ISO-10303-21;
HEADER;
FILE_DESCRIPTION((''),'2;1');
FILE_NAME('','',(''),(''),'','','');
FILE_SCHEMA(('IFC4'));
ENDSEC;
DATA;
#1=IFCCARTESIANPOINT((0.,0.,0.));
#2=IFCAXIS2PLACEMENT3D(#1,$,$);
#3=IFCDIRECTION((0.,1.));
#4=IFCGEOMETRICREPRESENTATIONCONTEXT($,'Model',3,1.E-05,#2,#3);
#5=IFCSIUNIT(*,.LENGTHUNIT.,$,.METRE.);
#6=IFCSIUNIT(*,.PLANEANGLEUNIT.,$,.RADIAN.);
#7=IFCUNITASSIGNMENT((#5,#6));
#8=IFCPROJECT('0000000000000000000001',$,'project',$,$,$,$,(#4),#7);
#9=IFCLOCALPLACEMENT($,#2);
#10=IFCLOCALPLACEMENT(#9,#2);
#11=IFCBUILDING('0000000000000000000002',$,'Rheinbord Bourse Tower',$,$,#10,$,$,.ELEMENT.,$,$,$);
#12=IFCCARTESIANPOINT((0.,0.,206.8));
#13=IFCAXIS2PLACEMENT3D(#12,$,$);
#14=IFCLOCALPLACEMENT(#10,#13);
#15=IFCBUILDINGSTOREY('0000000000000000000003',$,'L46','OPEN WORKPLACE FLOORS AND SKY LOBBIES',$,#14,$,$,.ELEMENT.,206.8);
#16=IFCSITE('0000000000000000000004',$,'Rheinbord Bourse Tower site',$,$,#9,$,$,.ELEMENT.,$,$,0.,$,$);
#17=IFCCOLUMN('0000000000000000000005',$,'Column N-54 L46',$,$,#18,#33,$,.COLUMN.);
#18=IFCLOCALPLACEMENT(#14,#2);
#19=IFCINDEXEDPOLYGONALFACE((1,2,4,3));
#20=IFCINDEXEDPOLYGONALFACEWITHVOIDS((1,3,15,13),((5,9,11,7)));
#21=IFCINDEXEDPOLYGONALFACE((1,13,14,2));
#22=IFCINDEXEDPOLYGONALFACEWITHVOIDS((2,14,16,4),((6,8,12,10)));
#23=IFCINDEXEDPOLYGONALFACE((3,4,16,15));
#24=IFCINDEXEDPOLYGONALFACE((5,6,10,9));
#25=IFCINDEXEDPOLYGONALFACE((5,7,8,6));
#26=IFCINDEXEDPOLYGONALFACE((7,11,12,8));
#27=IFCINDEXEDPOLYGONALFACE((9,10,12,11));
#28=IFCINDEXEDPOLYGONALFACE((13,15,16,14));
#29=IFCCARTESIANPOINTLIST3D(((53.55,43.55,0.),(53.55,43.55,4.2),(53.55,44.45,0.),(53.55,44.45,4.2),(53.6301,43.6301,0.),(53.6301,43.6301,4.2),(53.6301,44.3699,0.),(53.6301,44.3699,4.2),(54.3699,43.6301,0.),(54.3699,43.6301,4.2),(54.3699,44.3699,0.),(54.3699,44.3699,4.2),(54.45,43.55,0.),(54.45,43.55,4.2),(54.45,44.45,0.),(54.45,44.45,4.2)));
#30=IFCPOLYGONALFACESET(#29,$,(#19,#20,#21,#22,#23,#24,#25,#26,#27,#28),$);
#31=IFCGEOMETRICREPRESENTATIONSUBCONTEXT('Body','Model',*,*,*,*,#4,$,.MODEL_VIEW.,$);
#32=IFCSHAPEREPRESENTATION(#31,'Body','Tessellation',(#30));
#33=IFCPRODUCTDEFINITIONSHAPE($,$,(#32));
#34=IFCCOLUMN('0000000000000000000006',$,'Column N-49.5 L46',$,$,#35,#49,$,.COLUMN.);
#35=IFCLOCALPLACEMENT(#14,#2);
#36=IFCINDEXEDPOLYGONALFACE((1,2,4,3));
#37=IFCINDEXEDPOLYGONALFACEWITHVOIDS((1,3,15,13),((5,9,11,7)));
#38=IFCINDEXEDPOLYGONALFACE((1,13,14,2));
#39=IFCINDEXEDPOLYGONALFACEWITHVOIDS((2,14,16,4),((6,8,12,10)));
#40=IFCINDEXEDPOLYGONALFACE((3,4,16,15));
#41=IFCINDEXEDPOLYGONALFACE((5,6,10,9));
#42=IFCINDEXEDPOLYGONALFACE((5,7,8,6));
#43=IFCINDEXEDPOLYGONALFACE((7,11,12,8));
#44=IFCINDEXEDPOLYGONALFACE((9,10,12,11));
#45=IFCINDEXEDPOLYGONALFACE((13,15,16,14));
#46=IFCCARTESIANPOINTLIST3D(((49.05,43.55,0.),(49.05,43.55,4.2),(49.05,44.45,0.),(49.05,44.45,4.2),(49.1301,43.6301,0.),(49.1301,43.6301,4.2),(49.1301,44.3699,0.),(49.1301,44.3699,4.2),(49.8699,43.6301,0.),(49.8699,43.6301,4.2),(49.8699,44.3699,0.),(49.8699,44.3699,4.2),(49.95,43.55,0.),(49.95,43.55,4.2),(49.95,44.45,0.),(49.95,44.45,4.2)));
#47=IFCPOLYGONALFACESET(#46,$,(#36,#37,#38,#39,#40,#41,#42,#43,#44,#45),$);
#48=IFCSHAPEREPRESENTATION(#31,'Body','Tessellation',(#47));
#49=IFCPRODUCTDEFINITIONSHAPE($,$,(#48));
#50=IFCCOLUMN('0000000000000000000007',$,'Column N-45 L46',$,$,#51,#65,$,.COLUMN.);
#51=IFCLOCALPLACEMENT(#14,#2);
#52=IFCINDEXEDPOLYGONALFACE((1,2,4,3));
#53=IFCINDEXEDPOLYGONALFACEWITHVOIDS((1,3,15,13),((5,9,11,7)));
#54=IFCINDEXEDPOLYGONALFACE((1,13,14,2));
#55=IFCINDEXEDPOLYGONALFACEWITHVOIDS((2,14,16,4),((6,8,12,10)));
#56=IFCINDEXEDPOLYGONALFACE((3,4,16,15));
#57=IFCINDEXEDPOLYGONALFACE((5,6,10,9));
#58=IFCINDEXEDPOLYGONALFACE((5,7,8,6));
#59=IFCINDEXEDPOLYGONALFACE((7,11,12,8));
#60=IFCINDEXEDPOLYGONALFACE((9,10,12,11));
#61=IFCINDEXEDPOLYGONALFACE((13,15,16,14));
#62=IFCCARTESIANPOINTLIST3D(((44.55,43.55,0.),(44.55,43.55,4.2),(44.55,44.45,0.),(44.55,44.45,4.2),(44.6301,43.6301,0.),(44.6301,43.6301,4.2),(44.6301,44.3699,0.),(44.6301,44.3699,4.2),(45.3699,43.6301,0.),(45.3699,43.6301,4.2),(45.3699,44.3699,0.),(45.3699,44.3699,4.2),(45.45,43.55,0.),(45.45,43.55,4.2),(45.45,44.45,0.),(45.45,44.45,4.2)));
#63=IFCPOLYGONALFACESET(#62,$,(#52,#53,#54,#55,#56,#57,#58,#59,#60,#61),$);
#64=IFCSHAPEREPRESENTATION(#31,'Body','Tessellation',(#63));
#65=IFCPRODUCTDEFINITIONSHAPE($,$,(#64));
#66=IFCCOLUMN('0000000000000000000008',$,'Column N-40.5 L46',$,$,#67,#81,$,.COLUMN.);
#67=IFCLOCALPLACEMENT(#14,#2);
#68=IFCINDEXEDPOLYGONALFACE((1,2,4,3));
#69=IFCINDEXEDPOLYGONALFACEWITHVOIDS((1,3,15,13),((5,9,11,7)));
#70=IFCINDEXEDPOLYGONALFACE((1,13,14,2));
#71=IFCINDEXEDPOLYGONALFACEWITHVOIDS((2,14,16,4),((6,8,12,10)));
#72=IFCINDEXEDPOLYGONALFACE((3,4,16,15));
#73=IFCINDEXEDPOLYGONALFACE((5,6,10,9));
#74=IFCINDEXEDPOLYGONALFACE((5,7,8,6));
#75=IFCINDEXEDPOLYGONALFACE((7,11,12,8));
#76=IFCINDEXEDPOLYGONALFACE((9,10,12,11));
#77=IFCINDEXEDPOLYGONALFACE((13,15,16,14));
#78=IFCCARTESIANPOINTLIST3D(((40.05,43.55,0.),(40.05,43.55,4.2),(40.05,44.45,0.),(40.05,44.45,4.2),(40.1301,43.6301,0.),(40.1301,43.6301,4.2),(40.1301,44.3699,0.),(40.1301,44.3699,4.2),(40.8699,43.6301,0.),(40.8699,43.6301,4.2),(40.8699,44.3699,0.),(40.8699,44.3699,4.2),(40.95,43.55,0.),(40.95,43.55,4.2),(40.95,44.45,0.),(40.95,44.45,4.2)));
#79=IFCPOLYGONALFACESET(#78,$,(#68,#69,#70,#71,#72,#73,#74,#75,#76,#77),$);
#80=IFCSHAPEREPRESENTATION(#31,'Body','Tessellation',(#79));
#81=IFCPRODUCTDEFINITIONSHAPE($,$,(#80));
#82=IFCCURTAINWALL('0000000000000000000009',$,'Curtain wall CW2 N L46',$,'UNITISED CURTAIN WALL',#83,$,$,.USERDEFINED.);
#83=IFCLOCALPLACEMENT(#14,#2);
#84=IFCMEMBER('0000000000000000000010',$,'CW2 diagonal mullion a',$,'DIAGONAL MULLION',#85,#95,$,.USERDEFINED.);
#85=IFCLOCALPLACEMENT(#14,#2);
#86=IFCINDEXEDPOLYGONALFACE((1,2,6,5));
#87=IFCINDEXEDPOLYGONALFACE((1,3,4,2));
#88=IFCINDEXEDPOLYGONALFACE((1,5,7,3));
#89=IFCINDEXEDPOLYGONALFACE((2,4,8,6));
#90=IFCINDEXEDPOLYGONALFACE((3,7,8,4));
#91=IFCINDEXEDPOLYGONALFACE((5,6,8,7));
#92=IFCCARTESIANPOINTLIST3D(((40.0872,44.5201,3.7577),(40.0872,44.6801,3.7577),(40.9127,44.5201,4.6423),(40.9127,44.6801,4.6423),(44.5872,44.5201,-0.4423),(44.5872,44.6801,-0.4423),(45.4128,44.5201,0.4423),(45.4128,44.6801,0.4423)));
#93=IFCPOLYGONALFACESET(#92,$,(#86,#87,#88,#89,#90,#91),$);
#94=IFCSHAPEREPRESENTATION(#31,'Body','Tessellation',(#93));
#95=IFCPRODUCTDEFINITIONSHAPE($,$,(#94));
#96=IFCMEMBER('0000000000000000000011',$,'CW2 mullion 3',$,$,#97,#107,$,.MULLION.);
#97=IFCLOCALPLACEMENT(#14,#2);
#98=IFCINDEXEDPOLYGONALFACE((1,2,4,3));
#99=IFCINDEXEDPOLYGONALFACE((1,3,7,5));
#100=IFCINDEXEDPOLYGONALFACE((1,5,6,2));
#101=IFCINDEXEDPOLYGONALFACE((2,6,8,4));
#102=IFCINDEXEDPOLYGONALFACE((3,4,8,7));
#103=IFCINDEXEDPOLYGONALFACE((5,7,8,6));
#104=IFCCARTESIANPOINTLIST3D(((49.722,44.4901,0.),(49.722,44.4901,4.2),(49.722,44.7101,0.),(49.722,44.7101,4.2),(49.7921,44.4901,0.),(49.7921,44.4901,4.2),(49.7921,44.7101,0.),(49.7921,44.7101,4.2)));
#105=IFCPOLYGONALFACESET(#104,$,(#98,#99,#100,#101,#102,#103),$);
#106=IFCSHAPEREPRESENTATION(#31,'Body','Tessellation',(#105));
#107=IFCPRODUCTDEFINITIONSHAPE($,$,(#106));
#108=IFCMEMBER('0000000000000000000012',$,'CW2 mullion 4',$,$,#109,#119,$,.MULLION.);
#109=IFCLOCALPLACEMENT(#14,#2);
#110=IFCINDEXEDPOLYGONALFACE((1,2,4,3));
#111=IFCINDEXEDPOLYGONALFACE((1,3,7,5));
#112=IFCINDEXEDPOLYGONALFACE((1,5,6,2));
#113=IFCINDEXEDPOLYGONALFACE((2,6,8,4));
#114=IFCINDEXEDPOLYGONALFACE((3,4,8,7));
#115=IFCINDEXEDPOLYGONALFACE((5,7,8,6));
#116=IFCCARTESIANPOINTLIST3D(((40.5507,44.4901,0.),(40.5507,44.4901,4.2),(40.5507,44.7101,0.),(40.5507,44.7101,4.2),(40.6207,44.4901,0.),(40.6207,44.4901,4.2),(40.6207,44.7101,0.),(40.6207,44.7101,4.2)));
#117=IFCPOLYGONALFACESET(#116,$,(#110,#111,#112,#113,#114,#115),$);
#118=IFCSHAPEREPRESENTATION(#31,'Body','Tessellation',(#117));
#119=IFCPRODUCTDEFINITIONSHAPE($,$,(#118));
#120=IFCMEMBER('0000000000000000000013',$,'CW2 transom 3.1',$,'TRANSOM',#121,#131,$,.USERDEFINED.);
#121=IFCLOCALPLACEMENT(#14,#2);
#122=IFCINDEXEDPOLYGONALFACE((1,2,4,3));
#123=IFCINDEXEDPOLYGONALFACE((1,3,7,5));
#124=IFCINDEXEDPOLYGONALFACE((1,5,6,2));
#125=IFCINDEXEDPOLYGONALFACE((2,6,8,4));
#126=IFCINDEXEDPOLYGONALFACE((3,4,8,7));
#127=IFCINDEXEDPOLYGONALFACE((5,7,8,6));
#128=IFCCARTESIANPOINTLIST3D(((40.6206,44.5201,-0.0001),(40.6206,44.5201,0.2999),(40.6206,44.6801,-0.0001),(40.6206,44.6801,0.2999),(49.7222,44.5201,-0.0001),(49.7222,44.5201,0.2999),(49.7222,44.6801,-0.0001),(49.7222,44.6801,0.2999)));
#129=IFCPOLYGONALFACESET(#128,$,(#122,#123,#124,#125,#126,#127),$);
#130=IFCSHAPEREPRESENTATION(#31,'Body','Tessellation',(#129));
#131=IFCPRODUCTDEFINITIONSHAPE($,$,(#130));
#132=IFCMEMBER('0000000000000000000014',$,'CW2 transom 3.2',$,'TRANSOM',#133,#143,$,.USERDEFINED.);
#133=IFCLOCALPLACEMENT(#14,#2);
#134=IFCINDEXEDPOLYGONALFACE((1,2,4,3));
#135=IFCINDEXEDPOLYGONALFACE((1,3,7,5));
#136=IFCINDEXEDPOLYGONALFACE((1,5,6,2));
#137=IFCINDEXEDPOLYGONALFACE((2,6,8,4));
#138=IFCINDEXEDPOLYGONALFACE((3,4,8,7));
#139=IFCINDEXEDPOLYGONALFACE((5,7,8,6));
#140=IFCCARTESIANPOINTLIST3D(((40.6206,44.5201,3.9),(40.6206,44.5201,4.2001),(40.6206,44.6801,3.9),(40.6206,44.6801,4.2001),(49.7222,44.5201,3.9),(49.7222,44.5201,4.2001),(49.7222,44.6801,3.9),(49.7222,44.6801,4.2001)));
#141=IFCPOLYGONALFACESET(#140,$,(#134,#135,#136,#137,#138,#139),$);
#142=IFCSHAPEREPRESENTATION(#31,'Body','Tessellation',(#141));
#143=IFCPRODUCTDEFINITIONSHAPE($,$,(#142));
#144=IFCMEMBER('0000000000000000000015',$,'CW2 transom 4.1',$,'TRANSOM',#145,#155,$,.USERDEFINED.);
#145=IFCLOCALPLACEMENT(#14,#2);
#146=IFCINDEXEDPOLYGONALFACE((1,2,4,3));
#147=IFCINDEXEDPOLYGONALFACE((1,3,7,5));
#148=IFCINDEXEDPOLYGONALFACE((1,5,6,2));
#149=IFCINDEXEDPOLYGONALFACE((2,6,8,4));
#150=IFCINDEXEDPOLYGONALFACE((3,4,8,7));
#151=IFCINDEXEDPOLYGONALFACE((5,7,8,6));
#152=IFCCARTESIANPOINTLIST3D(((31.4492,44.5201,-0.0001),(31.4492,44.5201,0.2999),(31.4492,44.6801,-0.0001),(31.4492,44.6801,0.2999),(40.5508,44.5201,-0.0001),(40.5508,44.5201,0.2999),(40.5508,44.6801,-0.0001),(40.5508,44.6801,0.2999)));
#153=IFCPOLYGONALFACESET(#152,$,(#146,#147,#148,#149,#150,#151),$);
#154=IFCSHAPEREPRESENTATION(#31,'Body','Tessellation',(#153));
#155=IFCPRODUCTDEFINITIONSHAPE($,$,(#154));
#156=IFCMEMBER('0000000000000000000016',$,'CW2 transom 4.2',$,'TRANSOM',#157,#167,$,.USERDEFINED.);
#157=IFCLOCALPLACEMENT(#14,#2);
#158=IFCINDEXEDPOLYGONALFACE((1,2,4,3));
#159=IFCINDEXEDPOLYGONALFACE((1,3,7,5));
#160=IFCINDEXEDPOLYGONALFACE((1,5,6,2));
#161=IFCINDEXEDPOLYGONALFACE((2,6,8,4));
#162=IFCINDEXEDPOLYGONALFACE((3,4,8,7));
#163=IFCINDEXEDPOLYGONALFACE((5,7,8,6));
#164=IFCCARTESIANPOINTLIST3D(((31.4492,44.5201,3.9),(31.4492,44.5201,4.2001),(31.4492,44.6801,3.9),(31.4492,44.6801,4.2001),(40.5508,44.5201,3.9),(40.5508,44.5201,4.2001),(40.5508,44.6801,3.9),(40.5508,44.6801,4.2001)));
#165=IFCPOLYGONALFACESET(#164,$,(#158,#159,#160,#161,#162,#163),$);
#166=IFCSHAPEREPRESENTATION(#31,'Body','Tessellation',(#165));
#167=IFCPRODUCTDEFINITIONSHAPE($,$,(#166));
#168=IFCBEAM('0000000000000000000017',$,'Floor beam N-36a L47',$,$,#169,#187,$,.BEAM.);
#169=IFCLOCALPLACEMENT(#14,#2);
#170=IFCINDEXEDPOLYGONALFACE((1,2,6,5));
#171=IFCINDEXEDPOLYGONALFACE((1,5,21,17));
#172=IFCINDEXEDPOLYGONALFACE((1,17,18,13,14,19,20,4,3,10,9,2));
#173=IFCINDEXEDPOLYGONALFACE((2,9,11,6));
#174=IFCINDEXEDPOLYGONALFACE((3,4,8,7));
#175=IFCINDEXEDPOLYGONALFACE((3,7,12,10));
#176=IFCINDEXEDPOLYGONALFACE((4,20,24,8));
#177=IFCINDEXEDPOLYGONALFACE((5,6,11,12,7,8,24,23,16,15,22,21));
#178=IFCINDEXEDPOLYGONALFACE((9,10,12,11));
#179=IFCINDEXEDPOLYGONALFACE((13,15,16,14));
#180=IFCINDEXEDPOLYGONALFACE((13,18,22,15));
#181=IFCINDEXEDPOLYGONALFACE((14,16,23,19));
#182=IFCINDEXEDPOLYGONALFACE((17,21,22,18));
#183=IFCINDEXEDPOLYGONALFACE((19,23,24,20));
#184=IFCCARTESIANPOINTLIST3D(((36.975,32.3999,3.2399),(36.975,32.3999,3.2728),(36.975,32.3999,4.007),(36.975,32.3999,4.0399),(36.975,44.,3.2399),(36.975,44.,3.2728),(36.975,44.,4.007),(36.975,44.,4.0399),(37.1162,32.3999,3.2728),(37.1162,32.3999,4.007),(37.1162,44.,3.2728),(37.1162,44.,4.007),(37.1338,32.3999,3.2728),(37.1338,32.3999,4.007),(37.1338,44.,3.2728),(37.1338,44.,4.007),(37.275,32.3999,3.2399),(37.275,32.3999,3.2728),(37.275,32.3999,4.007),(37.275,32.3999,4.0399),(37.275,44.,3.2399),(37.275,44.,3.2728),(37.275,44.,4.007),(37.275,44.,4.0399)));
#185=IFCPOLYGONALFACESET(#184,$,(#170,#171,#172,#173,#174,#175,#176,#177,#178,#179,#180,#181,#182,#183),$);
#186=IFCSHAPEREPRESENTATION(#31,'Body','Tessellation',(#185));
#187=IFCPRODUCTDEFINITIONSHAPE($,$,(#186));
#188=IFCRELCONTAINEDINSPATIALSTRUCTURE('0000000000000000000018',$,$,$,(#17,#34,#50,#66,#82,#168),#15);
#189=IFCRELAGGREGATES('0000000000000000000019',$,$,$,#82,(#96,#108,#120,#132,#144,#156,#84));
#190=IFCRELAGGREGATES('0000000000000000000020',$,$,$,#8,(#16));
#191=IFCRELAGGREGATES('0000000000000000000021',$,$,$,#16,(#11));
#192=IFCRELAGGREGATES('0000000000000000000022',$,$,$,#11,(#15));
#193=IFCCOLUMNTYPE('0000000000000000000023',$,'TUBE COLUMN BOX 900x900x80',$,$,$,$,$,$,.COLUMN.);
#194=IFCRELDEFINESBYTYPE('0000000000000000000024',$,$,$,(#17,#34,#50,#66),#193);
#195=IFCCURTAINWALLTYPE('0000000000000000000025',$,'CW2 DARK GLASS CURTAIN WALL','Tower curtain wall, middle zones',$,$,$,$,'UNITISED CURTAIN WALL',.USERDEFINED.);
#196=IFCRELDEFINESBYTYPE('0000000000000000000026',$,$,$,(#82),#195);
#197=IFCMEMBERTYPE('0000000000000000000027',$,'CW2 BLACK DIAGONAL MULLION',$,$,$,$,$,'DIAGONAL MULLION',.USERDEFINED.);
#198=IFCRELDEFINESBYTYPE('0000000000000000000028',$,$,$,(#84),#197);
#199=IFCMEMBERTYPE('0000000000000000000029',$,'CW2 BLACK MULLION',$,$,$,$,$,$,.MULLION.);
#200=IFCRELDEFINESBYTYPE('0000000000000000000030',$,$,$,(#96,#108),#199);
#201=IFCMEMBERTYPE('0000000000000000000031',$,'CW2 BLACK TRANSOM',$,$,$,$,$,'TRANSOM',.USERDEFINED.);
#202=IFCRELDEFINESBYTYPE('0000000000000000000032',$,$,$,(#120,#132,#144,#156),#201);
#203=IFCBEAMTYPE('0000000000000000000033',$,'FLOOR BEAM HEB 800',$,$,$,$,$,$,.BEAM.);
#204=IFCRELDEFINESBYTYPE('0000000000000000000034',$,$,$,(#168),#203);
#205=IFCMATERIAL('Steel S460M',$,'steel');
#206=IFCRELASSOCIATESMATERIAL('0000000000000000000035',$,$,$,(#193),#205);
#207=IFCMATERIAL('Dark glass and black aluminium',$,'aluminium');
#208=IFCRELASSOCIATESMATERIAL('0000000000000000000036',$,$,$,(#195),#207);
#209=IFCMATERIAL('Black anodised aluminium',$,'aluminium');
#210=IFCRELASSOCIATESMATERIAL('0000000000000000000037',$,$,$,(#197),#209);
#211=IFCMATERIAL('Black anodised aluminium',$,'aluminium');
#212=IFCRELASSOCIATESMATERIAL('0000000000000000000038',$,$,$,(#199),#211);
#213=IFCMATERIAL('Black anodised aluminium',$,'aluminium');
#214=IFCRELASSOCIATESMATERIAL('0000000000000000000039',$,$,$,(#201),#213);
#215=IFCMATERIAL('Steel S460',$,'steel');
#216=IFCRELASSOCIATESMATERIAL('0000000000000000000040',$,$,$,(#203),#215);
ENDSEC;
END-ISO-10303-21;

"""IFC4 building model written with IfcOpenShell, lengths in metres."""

from ifc_helpers import new_model, si_unit, direction, frame, origin, origin_2d, place, context, subcontext, project, spatial, rectangle, hollow_rectangle, i_section, extrude, material, material_profile, profile_set, type_object, element, aggregate, save


model = new_model("IFC4")

# Units and contexts
model_context = context("Model", 3, precision=1e-05, world=origin(), true_north=direction((0.0, 1.0)))
body_context = subcontext(model_context, "Body", "Model", "MODEL_VIEW")
ifc_project = project(units=[si_unit("LENGTHUNIT", "METRE"), si_unit("PLANEANGLEUNIT", "RADIAN")], contexts=[model_context])

# Site, building, storey
site_placement = place(None, origin())
site = spatial("IfcSite", under=ifc_project, at=site_placement, Name="Rheinbord Bourse Tower site", CompositionType="ELEMENT", RefElevation=0.0)
building_placement = place(site_placement, origin())
building = spatial("IfcBuilding", under=site, at=building_placement, Name="Rheinbord Bourse Tower", CompositionType="ELEMENT")
storey_placement = place(building_placement, frame((0.0, 0.0, 206.8)))
storey = spatial("IfcBuildingStorey", under=building, at=storey_placement, Name="L46", Description="OPEN WORKPLACE FLOORS AND SKY LOBBIES", CompositionType="ELEMENT", Elevation=206.8)

# Columns
ifc_material_1 = material(Name="Steel S460M", Category="steel")
ifc_material_profile_1 = material_profile(ifc_material_1, hollow_rectangle(XDim=0.8999, YDim=0.8999, WallThickness=0.0801, at=origin_2d()), Name="BOX 900x900x80")
ifc_profile_set_1 = profile_set([ifc_material_profile_1], Name="Steel S460M")
column_type = type_object("IfcColumnType", Name="TUBE COLUMN BOX 900x900x80", PredefinedType="COLUMN", material=ifc_profile_set_1)
for number, where, z_axis, x_axis, name in (
    (1, (54.0, 44.0, 0.0), (0.0, 0.0, 1.0), (0.0, 1.0, 0.0), "Column N-54 L46"),
    (2, (49.5, 44.0, 0.0), (0.0, 0.0, 1.0), (0.0, 1.0, 0.0), "Column N-49.5 L46"),
    (3, (45.0, 44.0, 0.0), (0.0, 0.0, 1.0), (0.0, 1.0, 0.0), "Column N-45 L46"),
    (4, (40.5, 44.0, 0.0), (0.0, 0.0, 1.0), (0.0, 1.0, 0.0), "Column N-40.5 L46"),
):
    element("IfcColumn", number, at=place(storey_placement, frame(where, z_axis=z_axis, x_axis=x_axis)), inside=storey, type_object=column_type, Name=name, PredefinedType="COLUMN", context=body_context, shape_type="SweptSolid", body=[
        extrude(hollow_rectangle(XDim=0.8999, YDim=0.8999, WallThickness=0.0801, at=origin_2d()), origin(), (0.0, 0.0, 1.0), 4.2),
    ])

# Curtain wall, members
ifc_material_2 = material(Name="Dark glass and black aluminium", Category="aluminium")
curtain_wall_type = type_object("IfcCurtainWallType", Name="CW2 DARK GLASS CURTAIN WALL", Description="Tower curtain wall, middle zones", ElementType="UNITISED CURTAIN WALL", PredefinedType="USERDEFINED", material=ifc_material_2)
curtain_wall_placement = place(storey_placement, origin())
curtain_wall = element("IfcCurtainWall", 5, at=curtain_wall_placement, inside=storey, type_object=curtain_wall_type, Name="Curtain wall CW2 N L46", ObjectType="UNITISED CURTAIN WALL", PredefinedType="USERDEFINED")
ifc_material_3 = material(Name="Black anodised aluminium", Category="aluminium")
ifc_material_profile_2 = material_profile(ifc_material_3, rectangle(XDim=0.1599, YDim=1.21, at=origin_2d()), Name="CW2 DIAGONAL MULLION 1210x160")
ifc_profile_set_2 = profile_set([ifc_material_profile_2], Name="Black anodised aluminium")
member_type_1 = type_object("IfcMemberType", Name="CW2 BLACK DIAGONAL MULLION", ElementType="DIAGONAL MULLION", PredefinedType="USERDEFINED", material=ifc_profile_set_2)
member_1_placement = place(storey_placement, frame((45.0, 44.6001, 0.0), z_axis=(-0.731059, 0.0, 0.682314), x_axis=(0.0, -1.0, 0.0)))
member_1 = element("IfcMember", 6, at=member_1_placement, type_object=member_type_1, Name="CW2 diagonal mullion a", ObjectType="DIAGONAL MULLION", PredefinedType="USERDEFINED", context=body_context, shape_type="SweptSolid", body=[
    extrude(rectangle(XDim=0.1599, YDim=1.21, at=origin_2d()), origin(), (0.0, 0.0, 1.0), 6.1555),
])
ifc_material_4 = material(Name="Black anodised aluminium", Category="aluminium")
ifc_material_profile_3 = material_profile(ifc_material_4, rectangle(XDim=0.22, YDim=0.0701, at=origin_2d()), Name="CW2 MULLION 70x220")
ifc_profile_set_3 = profile_set([ifc_material_profile_3], Name="Black anodised aluminium")
member_type_2 = type_object("IfcMemberType", Name="CW2 BLACK MULLION", PredefinedType="MULLION", material=ifc_profile_set_3)
member_2_placement = place(storey_placement, frame((49.7571, 44.6001, 0.0), z_axis=(0.0, 0.0, 1.0), x_axis=(0.0, -1.0, 0.0)))
member_2 = element("IfcMember", 7, at=member_2_placement, type_object=member_type_2, Name="CW2 mullion 3", PredefinedType="MULLION", context=body_context, shape_type="SweptSolid", body=[
    extrude(rectangle(XDim=0.22, YDim=0.0701, at=origin_2d()), origin(), (0.0, 0.0, 1.0), 4.2),
])
member_3_placement = place(storey_placement, frame((40.5857, 44.6001, 0.0), z_axis=(0.0, 0.0, 1.0), x_axis=(0.0, -1.0, 0.0)))
member_3 = element("IfcMember", 8, at=member_3_placement, type_object=member_type_2, Name="CW2 mullion 4", PredefinedType="MULLION", context=body_context, shape_type="SweptSolid", body=[
    extrude(rectangle(XDim=0.22, YDim=0.0701, at=origin_2d()), origin(), (0.0, 0.0, 1.0), 4.2),
])
ifc_material_5 = material(Name="Black anodised aluminium", Category="aluminium")
ifc_material_profile_4 = material_profile(ifc_material_5, rectangle(XDim=0.1599, YDim=0.3, at=origin_2d()), Name="CW2 TRANSOM 300x160")
ifc_profile_set_4 = profile_set([ifc_material_profile_4], Name="Black anodised aluminium")
member_type_3 = type_object("IfcMemberType", Name="CW2 BLACK TRANSOM", ElementType="TRANSOM", PredefinedType="USERDEFINED", material=ifc_profile_set_4)
member_4_placement = place(storey_placement, frame((49.7222, 44.6001, 0.1499), z_axis=(-1.0, 0.0, 0.0), x_axis=(0.0, -1.0, 0.0)))
member_4 = element("IfcMember", 9, at=member_4_placement, type_object=member_type_3, Name="CW2 transom 3.1", ObjectType="TRANSOM", PredefinedType="USERDEFINED", context=body_context, shape_type="SweptSolid", body=[
    extrude(rectangle(XDim=0.1599, YDim=0.3, at=origin_2d()), origin(), (0.0, 0.0, 1.0), 9.1016),
])
member_5_placement = place(storey_placement, frame((49.7222, 44.6001, 4.05), z_axis=(-1.0, 0.0, 0.0), x_axis=(0.0, -1.0, 0.0)))
member_5 = element("IfcMember", 10, at=member_5_placement, type_object=member_type_3, Name="CW2 transom 3.2", ObjectType="TRANSOM", PredefinedType="USERDEFINED", context=body_context, shape_type="SweptSolid", body=[
    extrude(rectangle(XDim=0.1599, YDim=0.3, at=origin_2d()), origin(), (0.0, 0.0, 1.0), 9.1016),
])
member_6_placement = place(storey_placement, frame((40.5508, 44.6001, 0.1499), z_axis=(-1.0, 0.0, 0.0), x_axis=(0.0, -1.0, 0.0)))
member_6 = element("IfcMember", 11, at=member_6_placement, type_object=member_type_3, Name="CW2 transom 4.1", ObjectType="TRANSOM", PredefinedType="USERDEFINED", context=body_context, shape_type="SweptSolid", body=[
    extrude(rectangle(XDim=0.1599, YDim=0.3, at=origin_2d()), origin(), (0.0, 0.0, 1.0), 9.1016),
])
member_7_placement = place(storey_placement, frame((40.5508, 44.6001, 4.05), z_axis=(-1.0, 0.0, 0.0), x_axis=(0.0, -1.0, 0.0)))
member_7 = element("IfcMember", 12, at=member_7_placement, type_object=member_type_3, Name="CW2 transom 4.2", ObjectType="TRANSOM", PredefinedType="USERDEFINED", context=body_context, shape_type="SweptSolid", body=[
    extrude(rectangle(XDim=0.1599, YDim=0.3, at=origin_2d()), origin(), (0.0, 0.0, 1.0), 9.1016),
])

# Beam
ifc_material_6 = material(Name="Steel S460", Category="steel")
ifc_material_profile_5 = material_profile(ifc_material_6, i_section(OverallWidth=0.3, OverallDepth=0.8, WebThickness=0.0176, FlangeThickness=0.033, at=origin_2d()), Name="HEB 800")
ifc_profile_set_5 = profile_set([ifc_material_profile_5], Name="Steel S460")
beam_type_1 = type_object("IfcBeamType", Name="FLOOR BEAM HEB 800", PredefinedType="BEAM", material=ifc_profile_set_5)
for number, where, z_axis, x_axis, name in (
    (13, (37.125, 44.0, 3.6399), (0.0, -1.0, 0.0), (1.0, 0.0, 0.0), "Floor beam N-36a L47"),
):
    element("IfcBeam", number, at=place(storey_placement, frame(where, z_axis=z_axis, x_axis=x_axis)), inside=storey, type_object=beam_type_1, Name=name, PredefinedType="BEAM", context=body_context, shape_type="SweptSolid", body=[
        extrude(i_section(OverallWidth=0.3, OverallDepth=0.8, WebThickness=0.0176, FlangeThickness=0.033, at=origin_2d()), origin(), (0.0, 0.0, 1.0), 11.6001),
    ])

aggregate(curtain_wall, [member_2, member_3, member_4, member_5, member_6, member_7, member_1])

save(model, "model.ifc")
